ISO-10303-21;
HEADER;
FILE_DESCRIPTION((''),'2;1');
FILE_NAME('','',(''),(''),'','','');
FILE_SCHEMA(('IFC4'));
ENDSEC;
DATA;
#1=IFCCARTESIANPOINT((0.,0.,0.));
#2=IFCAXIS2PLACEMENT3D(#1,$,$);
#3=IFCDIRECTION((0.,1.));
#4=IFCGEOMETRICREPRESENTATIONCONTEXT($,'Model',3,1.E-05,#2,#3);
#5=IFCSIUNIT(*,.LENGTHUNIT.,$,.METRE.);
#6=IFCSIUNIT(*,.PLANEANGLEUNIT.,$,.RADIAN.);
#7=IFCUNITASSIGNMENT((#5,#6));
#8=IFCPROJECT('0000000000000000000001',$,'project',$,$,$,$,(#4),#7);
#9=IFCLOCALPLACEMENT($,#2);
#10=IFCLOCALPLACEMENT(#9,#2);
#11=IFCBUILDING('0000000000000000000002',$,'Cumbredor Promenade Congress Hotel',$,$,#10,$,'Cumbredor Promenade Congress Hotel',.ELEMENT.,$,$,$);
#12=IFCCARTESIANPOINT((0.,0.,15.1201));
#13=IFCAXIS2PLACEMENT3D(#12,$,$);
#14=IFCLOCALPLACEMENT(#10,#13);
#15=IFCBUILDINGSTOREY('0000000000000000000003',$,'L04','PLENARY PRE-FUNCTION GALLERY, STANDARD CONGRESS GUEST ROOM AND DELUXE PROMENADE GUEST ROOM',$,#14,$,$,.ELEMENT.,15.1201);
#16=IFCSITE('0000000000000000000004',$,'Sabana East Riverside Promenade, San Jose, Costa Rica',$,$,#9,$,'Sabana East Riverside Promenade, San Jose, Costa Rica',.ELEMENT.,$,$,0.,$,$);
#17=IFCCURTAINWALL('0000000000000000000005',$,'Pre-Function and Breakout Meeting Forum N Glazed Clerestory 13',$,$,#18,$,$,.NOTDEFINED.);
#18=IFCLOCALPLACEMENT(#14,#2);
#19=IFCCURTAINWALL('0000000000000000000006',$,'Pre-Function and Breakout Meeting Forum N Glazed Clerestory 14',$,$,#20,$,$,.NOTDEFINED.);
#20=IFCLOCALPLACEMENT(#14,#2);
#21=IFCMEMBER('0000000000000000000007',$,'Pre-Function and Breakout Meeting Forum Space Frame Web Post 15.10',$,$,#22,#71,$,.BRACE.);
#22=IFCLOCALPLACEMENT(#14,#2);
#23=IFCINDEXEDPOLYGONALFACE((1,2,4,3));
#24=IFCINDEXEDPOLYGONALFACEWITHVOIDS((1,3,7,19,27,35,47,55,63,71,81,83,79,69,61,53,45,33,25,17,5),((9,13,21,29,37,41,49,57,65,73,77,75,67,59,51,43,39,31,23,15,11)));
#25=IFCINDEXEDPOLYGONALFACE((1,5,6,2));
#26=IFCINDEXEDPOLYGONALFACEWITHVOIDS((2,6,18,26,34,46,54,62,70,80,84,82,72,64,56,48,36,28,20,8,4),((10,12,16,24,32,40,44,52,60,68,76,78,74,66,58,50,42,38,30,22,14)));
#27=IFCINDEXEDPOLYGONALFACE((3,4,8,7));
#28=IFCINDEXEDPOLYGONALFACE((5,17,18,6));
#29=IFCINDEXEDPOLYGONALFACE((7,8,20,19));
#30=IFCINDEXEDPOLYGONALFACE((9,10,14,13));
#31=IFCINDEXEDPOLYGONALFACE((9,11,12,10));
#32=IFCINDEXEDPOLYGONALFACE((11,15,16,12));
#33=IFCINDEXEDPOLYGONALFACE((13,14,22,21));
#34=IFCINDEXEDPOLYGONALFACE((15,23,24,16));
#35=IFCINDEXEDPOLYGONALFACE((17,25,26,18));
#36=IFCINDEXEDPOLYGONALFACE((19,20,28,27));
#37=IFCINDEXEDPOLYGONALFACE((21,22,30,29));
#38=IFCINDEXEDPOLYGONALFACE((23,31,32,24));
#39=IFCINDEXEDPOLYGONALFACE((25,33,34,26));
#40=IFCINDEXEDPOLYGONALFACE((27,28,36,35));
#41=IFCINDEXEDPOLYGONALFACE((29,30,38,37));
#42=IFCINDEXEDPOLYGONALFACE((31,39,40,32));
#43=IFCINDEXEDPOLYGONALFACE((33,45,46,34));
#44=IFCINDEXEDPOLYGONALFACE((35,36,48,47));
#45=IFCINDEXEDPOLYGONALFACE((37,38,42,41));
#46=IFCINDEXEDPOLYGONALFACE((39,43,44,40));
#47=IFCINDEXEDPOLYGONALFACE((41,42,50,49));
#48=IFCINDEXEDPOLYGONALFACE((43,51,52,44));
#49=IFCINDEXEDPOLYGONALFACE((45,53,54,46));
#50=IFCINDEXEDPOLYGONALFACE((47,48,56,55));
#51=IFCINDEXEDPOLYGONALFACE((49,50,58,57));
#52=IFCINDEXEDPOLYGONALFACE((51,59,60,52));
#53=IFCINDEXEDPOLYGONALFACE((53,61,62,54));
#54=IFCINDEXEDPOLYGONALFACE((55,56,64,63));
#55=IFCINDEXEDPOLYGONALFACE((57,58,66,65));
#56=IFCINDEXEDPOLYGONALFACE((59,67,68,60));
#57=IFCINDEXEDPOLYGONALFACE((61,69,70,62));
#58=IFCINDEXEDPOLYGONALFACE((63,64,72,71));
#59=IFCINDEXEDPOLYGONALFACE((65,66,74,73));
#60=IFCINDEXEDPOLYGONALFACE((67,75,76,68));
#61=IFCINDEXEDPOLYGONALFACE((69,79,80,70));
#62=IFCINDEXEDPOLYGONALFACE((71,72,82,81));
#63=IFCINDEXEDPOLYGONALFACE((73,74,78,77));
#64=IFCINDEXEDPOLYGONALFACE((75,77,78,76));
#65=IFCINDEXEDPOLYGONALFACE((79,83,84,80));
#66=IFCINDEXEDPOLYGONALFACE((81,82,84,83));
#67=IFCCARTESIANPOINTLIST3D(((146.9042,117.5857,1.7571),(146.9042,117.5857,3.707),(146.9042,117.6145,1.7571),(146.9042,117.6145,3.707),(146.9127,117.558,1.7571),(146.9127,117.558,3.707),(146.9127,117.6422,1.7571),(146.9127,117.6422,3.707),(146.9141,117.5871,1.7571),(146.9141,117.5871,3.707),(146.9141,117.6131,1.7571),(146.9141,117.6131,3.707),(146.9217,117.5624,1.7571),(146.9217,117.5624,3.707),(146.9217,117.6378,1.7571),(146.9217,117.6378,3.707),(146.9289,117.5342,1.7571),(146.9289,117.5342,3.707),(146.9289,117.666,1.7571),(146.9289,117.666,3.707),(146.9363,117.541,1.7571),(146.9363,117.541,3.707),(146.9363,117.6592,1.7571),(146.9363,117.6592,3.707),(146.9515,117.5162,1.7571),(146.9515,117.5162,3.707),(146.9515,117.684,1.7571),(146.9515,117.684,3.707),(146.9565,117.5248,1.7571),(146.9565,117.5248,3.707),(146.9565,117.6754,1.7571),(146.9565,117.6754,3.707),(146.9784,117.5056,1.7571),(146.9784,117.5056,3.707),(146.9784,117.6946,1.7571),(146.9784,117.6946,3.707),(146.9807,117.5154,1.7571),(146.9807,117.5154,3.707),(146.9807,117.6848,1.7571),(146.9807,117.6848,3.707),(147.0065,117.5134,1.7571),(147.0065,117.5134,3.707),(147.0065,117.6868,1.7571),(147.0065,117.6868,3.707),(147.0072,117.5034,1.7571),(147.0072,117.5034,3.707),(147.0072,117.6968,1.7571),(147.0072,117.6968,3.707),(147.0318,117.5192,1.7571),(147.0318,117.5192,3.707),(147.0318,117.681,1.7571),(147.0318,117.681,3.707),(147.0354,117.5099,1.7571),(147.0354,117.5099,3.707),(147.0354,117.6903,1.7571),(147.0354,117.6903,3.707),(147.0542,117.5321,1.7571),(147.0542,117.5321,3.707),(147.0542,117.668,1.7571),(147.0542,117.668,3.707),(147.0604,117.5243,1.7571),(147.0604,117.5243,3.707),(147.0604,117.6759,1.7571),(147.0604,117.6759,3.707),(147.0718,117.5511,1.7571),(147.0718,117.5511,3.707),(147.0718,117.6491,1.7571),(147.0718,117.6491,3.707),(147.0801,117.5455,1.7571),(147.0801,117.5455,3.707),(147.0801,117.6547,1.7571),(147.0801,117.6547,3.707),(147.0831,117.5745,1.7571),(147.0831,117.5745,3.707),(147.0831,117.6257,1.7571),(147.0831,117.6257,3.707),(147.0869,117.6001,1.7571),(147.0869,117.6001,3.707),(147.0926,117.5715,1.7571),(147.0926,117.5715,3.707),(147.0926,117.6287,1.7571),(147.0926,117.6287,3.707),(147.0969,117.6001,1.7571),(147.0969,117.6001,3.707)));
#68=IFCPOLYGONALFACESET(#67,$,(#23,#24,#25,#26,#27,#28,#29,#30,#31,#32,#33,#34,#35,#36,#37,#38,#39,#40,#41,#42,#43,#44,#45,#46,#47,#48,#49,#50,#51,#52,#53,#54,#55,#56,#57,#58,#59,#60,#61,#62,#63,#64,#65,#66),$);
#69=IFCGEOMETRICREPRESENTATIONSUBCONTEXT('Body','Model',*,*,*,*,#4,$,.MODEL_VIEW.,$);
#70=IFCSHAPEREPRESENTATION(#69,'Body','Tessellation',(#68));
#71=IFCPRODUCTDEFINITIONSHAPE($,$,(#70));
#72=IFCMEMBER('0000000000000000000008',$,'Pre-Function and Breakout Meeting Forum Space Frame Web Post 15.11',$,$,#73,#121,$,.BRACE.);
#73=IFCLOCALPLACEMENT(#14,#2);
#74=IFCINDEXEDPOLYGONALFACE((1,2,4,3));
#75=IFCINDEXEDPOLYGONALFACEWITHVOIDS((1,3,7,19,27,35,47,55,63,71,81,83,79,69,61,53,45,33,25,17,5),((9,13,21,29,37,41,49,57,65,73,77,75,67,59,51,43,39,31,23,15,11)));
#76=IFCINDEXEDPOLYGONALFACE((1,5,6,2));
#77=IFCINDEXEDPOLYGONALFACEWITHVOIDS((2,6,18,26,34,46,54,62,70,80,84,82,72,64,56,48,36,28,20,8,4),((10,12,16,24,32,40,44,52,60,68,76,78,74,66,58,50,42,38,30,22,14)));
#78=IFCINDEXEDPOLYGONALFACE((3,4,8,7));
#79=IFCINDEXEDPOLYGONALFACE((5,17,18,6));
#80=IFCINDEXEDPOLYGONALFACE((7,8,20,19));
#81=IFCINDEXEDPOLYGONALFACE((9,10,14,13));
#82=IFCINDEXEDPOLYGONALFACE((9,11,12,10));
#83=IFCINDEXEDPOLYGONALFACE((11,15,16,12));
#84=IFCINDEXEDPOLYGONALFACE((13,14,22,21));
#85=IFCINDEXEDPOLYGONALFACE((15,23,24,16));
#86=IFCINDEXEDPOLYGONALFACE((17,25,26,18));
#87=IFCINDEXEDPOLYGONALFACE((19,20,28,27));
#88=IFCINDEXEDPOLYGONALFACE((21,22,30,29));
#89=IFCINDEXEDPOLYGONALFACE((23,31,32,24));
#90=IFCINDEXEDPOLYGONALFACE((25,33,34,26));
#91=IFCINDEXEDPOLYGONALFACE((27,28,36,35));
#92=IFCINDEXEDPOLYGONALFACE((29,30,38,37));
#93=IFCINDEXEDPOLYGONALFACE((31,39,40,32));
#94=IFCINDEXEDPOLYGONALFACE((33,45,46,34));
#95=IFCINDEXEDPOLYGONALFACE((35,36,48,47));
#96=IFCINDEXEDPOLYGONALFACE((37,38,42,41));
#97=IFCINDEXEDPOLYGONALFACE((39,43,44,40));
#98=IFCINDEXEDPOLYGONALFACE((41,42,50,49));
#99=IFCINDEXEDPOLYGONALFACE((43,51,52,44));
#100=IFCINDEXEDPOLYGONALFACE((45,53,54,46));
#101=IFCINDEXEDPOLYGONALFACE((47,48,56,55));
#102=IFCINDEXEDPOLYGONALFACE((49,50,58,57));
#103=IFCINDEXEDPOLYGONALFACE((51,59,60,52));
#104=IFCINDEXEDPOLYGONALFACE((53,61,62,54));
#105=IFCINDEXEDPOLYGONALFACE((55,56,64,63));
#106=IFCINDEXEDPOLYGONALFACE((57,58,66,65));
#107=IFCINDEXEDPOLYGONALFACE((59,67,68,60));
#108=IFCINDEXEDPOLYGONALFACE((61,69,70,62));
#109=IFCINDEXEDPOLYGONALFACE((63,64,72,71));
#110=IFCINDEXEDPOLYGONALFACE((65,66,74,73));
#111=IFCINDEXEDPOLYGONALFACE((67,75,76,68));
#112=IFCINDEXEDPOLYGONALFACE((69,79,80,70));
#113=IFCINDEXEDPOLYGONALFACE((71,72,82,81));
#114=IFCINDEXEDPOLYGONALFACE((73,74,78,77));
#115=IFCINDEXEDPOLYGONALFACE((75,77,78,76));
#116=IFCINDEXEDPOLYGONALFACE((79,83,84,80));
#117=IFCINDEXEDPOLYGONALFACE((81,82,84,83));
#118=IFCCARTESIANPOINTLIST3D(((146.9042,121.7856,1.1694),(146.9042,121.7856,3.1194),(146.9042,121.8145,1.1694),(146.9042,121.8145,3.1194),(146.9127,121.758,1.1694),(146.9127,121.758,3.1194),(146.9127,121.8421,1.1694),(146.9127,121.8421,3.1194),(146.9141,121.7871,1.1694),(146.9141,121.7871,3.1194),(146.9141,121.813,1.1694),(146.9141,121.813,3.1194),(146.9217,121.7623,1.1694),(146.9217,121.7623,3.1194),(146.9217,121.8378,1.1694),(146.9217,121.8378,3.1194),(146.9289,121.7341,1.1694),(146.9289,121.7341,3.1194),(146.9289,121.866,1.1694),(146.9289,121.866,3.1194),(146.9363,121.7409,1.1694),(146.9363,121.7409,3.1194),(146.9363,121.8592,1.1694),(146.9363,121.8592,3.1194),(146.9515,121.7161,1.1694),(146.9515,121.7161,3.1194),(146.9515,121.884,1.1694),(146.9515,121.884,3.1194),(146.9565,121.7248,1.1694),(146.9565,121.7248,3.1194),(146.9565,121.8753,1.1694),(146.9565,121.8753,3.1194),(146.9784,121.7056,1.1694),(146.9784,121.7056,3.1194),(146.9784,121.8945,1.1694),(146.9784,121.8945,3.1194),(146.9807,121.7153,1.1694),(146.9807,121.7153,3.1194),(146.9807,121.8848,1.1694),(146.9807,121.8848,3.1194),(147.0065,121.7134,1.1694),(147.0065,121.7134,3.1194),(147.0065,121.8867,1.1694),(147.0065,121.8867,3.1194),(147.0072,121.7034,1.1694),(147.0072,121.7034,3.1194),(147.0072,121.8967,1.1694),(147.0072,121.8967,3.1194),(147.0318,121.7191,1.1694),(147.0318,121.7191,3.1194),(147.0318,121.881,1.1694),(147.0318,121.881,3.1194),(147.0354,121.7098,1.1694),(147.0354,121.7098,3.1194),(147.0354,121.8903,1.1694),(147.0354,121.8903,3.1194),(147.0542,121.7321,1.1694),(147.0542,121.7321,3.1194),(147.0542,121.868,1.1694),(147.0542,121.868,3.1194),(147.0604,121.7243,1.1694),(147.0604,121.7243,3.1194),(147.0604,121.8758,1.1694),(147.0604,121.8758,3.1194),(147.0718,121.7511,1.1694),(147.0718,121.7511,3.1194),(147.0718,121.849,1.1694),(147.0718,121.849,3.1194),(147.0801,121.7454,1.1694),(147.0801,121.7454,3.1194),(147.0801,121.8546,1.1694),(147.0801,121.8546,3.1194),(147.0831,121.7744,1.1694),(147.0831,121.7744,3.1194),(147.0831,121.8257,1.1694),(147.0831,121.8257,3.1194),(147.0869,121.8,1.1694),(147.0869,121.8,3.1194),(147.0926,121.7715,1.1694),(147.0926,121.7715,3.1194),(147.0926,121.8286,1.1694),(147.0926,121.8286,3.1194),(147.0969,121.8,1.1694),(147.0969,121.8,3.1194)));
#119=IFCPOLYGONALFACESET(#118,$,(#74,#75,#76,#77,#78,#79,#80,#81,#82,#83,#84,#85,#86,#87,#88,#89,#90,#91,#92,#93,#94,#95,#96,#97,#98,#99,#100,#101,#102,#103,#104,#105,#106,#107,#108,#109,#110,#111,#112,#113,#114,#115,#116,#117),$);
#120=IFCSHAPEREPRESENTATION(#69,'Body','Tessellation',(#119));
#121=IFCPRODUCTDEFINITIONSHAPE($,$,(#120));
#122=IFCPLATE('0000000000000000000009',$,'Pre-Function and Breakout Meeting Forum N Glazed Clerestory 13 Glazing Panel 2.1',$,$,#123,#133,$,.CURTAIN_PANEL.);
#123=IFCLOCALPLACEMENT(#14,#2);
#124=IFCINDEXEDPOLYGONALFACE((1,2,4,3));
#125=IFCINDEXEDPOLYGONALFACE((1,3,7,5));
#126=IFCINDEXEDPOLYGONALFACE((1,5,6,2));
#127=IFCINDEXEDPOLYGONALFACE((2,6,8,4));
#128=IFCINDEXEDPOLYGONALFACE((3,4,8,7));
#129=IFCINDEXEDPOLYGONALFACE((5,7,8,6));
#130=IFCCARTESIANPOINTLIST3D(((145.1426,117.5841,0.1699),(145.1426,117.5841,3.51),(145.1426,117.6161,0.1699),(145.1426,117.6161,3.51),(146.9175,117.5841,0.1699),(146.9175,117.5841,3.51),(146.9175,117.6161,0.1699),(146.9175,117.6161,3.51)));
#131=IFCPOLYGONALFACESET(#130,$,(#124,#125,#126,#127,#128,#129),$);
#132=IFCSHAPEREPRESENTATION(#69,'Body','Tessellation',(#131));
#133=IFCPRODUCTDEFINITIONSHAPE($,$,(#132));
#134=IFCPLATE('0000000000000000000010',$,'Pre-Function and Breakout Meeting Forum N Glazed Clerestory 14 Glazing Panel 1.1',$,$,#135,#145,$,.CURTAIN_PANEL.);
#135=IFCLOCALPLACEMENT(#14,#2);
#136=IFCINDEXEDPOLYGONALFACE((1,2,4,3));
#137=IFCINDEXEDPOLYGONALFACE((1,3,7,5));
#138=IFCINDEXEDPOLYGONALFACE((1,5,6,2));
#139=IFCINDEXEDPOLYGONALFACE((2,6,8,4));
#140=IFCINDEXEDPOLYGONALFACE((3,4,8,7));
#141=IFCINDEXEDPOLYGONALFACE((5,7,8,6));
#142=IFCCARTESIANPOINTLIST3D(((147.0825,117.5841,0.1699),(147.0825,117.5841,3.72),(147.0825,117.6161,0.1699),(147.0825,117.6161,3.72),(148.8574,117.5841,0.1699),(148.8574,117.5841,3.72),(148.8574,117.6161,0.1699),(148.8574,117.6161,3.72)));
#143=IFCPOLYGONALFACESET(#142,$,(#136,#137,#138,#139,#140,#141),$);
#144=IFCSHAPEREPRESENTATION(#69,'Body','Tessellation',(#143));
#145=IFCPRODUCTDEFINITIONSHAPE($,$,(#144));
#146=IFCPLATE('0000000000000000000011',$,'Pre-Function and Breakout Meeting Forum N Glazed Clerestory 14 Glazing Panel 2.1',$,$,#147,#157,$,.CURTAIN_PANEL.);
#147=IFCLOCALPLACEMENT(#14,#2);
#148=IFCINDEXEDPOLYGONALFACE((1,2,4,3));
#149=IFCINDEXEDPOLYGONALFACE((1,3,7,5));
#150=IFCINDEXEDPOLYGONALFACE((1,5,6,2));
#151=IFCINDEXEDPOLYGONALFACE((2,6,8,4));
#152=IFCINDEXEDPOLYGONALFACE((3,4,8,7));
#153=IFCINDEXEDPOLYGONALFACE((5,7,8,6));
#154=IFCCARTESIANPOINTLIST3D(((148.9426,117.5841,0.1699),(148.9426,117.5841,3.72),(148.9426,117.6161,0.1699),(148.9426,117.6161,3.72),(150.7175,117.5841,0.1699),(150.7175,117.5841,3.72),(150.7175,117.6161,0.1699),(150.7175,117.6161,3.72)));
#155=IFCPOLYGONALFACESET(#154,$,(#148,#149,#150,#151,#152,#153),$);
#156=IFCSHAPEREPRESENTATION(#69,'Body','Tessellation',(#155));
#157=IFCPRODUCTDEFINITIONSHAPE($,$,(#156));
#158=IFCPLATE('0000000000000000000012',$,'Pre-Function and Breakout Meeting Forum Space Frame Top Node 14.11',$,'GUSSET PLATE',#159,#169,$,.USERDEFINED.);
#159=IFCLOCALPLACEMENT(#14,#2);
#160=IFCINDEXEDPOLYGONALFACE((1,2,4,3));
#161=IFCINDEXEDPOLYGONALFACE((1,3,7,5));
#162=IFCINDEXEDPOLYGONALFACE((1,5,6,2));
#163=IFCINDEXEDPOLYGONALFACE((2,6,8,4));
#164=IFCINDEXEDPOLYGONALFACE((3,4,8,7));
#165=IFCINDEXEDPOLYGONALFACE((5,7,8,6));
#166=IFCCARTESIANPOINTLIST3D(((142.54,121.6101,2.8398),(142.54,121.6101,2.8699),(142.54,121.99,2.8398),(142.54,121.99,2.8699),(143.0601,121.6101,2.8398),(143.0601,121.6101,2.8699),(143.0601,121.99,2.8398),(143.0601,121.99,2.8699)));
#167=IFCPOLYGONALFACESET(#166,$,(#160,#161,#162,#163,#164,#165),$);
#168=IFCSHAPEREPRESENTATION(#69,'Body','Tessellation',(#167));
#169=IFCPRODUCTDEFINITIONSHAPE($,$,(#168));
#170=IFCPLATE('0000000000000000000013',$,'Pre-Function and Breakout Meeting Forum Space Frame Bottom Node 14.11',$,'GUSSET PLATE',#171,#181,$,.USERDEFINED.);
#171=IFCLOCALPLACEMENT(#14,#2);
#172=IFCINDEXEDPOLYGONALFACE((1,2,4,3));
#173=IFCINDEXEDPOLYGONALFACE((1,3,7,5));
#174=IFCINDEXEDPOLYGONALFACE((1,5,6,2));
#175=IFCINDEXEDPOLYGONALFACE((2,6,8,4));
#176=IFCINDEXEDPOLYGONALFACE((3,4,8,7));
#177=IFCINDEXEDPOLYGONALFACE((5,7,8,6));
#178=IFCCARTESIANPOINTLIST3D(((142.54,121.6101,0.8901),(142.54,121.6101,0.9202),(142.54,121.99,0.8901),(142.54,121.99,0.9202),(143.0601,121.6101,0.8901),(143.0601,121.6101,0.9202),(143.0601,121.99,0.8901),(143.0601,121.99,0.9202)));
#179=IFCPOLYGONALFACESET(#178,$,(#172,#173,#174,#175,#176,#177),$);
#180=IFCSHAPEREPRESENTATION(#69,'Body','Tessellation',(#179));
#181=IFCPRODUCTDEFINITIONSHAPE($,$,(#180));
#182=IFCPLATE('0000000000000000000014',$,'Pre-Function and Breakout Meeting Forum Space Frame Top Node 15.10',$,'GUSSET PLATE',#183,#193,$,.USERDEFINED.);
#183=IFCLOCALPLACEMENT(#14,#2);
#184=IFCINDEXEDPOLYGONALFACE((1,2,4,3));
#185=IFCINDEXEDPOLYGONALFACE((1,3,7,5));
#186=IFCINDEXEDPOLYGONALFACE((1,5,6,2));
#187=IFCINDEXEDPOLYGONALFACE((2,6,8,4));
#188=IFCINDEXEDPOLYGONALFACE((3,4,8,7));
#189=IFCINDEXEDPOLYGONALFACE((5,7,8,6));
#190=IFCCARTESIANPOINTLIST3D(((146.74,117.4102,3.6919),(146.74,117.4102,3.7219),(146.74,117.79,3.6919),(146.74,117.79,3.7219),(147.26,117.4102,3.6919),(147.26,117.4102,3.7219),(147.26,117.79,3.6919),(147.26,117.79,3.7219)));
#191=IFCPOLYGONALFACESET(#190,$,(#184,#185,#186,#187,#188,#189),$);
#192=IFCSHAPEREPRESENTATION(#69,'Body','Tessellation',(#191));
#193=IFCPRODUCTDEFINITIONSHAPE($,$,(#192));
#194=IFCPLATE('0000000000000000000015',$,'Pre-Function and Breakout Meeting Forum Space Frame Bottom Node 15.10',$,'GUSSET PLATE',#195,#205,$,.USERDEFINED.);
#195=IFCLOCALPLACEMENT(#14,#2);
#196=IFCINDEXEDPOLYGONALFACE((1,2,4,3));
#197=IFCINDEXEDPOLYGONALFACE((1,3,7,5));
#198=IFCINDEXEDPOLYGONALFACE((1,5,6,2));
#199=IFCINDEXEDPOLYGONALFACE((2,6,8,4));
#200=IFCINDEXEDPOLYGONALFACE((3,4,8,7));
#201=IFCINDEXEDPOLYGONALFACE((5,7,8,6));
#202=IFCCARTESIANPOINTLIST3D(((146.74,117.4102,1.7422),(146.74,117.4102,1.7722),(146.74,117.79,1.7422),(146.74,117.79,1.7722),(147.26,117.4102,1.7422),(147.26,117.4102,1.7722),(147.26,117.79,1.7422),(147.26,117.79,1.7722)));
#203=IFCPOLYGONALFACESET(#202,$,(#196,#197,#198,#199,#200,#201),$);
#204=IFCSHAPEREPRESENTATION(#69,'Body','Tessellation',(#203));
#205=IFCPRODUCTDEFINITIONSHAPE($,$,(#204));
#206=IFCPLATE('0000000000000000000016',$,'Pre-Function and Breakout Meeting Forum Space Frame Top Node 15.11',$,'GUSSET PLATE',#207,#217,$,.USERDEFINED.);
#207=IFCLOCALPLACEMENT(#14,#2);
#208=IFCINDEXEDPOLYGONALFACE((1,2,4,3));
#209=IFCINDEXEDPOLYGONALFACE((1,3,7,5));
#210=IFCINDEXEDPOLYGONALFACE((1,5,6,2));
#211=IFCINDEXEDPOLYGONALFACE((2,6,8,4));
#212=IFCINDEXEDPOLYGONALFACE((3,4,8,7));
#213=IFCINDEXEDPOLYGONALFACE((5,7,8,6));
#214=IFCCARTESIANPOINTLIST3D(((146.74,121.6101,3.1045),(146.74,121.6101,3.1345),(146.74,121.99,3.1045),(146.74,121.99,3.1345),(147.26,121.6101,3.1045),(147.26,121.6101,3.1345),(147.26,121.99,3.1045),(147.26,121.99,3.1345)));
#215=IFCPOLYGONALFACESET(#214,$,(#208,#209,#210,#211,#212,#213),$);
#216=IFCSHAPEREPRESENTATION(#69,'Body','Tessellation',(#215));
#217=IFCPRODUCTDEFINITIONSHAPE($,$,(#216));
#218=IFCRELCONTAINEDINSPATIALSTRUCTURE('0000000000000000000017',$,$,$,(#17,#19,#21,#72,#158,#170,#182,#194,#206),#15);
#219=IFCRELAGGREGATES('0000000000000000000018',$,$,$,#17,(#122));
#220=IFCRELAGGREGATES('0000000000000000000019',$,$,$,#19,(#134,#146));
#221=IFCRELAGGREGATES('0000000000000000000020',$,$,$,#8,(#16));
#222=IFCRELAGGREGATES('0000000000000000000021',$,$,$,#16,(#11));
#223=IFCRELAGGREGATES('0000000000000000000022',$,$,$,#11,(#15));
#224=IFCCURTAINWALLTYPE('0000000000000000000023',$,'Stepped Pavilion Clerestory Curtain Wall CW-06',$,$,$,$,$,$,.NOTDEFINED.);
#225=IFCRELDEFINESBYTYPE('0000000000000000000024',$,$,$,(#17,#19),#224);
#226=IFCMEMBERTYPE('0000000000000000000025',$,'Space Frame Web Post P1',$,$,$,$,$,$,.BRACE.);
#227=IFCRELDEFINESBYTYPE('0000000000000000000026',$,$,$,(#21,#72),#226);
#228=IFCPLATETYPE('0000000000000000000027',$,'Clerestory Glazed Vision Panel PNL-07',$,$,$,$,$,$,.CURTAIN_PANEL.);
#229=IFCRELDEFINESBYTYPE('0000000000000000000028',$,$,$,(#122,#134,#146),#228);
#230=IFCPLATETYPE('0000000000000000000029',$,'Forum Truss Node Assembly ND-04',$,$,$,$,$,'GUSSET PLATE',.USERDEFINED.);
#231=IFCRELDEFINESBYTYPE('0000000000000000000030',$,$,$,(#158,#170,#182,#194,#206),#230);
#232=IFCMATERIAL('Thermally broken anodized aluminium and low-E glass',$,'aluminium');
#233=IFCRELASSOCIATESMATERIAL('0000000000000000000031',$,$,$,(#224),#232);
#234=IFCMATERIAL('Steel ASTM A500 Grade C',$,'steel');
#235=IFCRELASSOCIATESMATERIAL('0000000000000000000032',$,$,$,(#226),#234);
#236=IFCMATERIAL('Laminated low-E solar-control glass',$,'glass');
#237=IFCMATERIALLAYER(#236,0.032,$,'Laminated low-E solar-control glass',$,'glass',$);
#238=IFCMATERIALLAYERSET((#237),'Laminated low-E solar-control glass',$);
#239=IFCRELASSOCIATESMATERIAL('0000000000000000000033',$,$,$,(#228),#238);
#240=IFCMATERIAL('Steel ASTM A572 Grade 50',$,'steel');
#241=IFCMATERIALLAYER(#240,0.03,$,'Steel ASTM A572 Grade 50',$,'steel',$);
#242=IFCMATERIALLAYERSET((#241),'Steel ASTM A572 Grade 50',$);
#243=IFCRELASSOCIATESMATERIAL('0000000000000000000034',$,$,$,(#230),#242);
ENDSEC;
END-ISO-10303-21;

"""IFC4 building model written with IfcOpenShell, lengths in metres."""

from ifc_helpers import new_model, si_unit, direction, frame, origin, origin_2d, place, context, subcontext, project, spatial, rectangle, hollow_circle, extrude, material, layer, layer_set, material_profile, profile_set, type_object, element, aggregate, save


model = new_model("IFC4")

# Units and contexts
model_context = context("Model", 3, precision=1e-05, world=origin(), true_north=direction((0.0, 1.0)))
body_context = subcontext(model_context, "Body", "Model", "MODEL_VIEW")
ifc_project = project(units=[si_unit("LENGTHUNIT", "METRE"), si_unit("PLANEANGLEUNIT", "RADIAN")], contexts=[model_context])

# Site, building, storey
site_placement = place(None, origin())
site = spatial("IfcSite", under=ifc_project, at=site_placement, Name="Sabana East Riverside Promenade, San Jose, Costa Rica", LongName="Sabana East Riverside Promenade, San Jose, Costa Rica", CompositionType="ELEMENT", RefElevation=0.0)
building_placement = place(site_placement, origin())
building = spatial("IfcBuilding", under=site, at=building_placement, Name="Cumbredor Promenade Congress Hotel", LongName="Cumbredor Promenade Congress Hotel", CompositionType="ELEMENT")
storey_placement = place(building_placement, frame((0.0, 0.0, 15.1201)))
storey = spatial("IfcBuildingStorey", under=building, at=storey_placement, Name="L04", Description="PLENARY PRE-FUNCTION GALLERY, STANDARD CONGRESS GUEST ROOM AND DELUXE PROMENADE GUEST ROOM", CompositionType="ELEMENT", Elevation=15.1201)

# Curtain wall
ifc_material_1 = material(Name="Thermally broken anodized aluminium and low-E glass", Category="aluminium")
curtain_wall_type = type_object("IfcCurtainWallType", Name="Stepped Pavilion Clerestory Curtain Wall CW-06", PredefinedType="NOTDEFINED", material=ifc_material_1)
curtain_wall_1_placement = place(storey_placement, origin())
curtain_wall_1 = element("IfcCurtainWall", 1, at=curtain_wall_1_placement, inside=storey, type_object=curtain_wall_type, Name="Pre-Function and Breakout Meeting Forum N Glazed Clerestory 13", PredefinedType="NOTDEFINED")

# Curtain wall
curtain_wall_2_placement = place(storey_placement, origin())
curtain_wall_2 = element("IfcCurtainWall", 2, at=curtain_wall_2_placement, inside=storey, type_object=curtain_wall_type, Name="Pre-Function and Breakout Meeting Forum N Glazed Clerestory 14", PredefinedType="NOTDEFINED")

# Members
ifc_material_2 = material(Name="Steel ASTM A500 Grade C", Category="steel")
ifc_material_profile_1 = material_profile(ifc_material_2, hollow_circle(Radius=0.0969, WallThickness=0.01, at=origin_2d()), Name="CHS 193.7x10")
ifc_profile_set_1 = profile_set([ifc_material_profile_1], Name="Steel ASTM A500 Grade C")
member_type_1 = type_object("IfcMemberType", Name="Space Frame Web Post P1", PredefinedType="BRACE", material=ifc_profile_set_1)
for number, where, z_axis, x_axis, name in (
    (3, (147.0, 117.6001, 1.7571), (0.0, 0.0, 1.0), (1.0, 0.0, 0.0), "Pre-Function and Breakout Meeting Forum Space Frame Web Post 15.10"),
    (4, (147.0, 121.8, 1.1694), (0.0, 0.0, 1.0), (1.0, 0.0, 0.0), "Pre-Function and Breakout Meeting Forum Space Frame Web Post 15.11"),
):
    element("IfcMember", number, at=place(storey_placement, frame(where, z_axis=z_axis, x_axis=x_axis)), inside=storey, type_object=member_type_1, Name=name, PredefinedType="BRACE", context=body_context, shape_type="SweptSolid", body=[
        extrude(hollow_circle(Radius=0.0969, WallThickness=0.01, at=origin_2d()), origin(), (0.0, 0.0, 1.0), 1.95),
    ])

# Plates
ifc_material_3 = material(Name="Laminated low-E solar-control glass", Category="glass")
ifc_layer_1 = layer(ifc_material_3, 0.032, Name="Laminated low-E solar-control glass", Category="glass")
ifc_layer_set_1 = layer_set([ifc_layer_1], Name="Laminated low-E solar-control glass")
plate_type_1 = type_object("IfcPlateType", Name="Clerestory Glazed Vision Panel PNL-07", PredefinedType="CURTAIN_PANEL", material=ifc_layer_set_1)
plate_1_placement = place(storey_placement, frame((146.03, 117.6001, 0.1699), z_axis=(0.0, 0.0, 1.0), x_axis=(1.0, 0.0, 0.0)))
plate_1 = element("IfcPlate", 5, at=plate_1_placement, type_object=plate_type_1, Name="Pre-Function and Breakout Meeting Forum N Glazed Clerestory 13 Glazing Panel 2.1", PredefinedType="CURTAIN_PANEL", context=body_context, shape_type="SweptSolid", body=[
    extrude(rectangle(XDim=1.7749, YDim=0.032, at=origin_2d()), origin(), (0.0, 0.0, 1.0), 3.3401),
])
aggregate(curtain_wall_1, [plate_1])
plate_2_placement = place(storey_placement, frame((147.97, 117.6001, 0.1699), z_axis=(0.0, 0.0, 1.0), x_axis=(1.0, 0.0, 0.0)))
plate_2 = element("IfcPlate", 6, at=plate_2_placement, type_object=plate_type_1, Name="Pre-Function and Breakout Meeting Forum N Glazed Clerestory 14 Glazing Panel 1.1", PredefinedType="CURTAIN_PANEL", context=body_context, shape_type="SweptSolid", body=[
    extrude(rectangle(XDim=1.7749, YDim=0.032, at=origin_2d()), origin(), (0.0, 0.0, 1.0), 3.55),
])
plate_3_placement = place(storey_placement, frame((149.8301, 117.6001, 0.1699), z_axis=(0.0, 0.0, 1.0), x_axis=(1.0, 0.0, 0.0)))
plate_3 = element("IfcPlate", 7, at=plate_3_placement, type_object=plate_type_1, Name="Pre-Function and Breakout Meeting Forum N Glazed Clerestory 14 Glazing Panel 2.1", PredefinedType="CURTAIN_PANEL", context=body_context, shape_type="SweptSolid", body=[
    extrude(rectangle(XDim=1.7749, YDim=0.032, at=origin_2d()), origin(), (0.0, 0.0, 1.0), 3.55),
])
aggregate(curtain_wall_2, [plate_2, plate_3])

# Plates
ifc_material_4 = material(Name="Steel ASTM A572 Grade 50", Category="steel")
ifc_layer_2 = layer(ifc_material_4, 0.03, Name="Steel ASTM A572 Grade 50", Category="steel")
ifc_layer_set_2 = layer_set([ifc_layer_2], Name="Steel ASTM A572 Grade 50")
plate_type_2 = type_object("IfcPlateType", Name="Forum Truss Node Assembly ND-04", ElementType="GUSSET PLATE", PredefinedType="USERDEFINED", material=ifc_layer_set_2)
for number, where, z_axis, x_axis, name in (
    (8, (142.8, 121.8, 2.8398), (0.0, 0.0, 1.0), (1.0, 0.0, 0.0), "Pre-Function and Breakout Meeting Forum Space Frame Top Node 14.11"),
    (9, (142.8, 121.8, 0.8901), (0.0, 0.0, 1.0), (1.0, 0.0, 0.0), "Pre-Function and Breakout Meeting Forum Space Frame Bottom Node 14.11"),
    (10, (147.0, 117.6001, 3.6919), (0.0, 0.0, 1.0), (1.0, 0.0, 0.0), "Pre-Function and Breakout Meeting Forum Space Frame Top Node 15.10"),
    (11, (147.0, 117.6001, 1.7422), (0.0, 0.0, 1.0), (1.0, 0.0, 0.0), "Pre-Function and Breakout Meeting Forum Space Frame Bottom Node 15.10"),
    (12, (147.0, 121.8, 3.1045), (0.0, 0.0, 1.0), (1.0, 0.0, 0.0), "Pre-Function and Breakout Meeting Forum Space Frame Top Node 15.11"),
):
    element("IfcPlate", number, at=place(storey_placement, frame(where, z_axis=z_axis, x_axis=x_axis)), inside=storey, type_object=plate_type_2, Name=name, ObjectType="GUSSET PLATE", PredefinedType="USERDEFINED", context=body_context, shape_type="SweptSolid", body=[
        extrude(rectangle(XDim=0.52, YDim=0.3799, at=origin_2d()), origin(), (0.0, 0.0, 1.0), 0.03),
    ])

save(model, "model.ifc")
